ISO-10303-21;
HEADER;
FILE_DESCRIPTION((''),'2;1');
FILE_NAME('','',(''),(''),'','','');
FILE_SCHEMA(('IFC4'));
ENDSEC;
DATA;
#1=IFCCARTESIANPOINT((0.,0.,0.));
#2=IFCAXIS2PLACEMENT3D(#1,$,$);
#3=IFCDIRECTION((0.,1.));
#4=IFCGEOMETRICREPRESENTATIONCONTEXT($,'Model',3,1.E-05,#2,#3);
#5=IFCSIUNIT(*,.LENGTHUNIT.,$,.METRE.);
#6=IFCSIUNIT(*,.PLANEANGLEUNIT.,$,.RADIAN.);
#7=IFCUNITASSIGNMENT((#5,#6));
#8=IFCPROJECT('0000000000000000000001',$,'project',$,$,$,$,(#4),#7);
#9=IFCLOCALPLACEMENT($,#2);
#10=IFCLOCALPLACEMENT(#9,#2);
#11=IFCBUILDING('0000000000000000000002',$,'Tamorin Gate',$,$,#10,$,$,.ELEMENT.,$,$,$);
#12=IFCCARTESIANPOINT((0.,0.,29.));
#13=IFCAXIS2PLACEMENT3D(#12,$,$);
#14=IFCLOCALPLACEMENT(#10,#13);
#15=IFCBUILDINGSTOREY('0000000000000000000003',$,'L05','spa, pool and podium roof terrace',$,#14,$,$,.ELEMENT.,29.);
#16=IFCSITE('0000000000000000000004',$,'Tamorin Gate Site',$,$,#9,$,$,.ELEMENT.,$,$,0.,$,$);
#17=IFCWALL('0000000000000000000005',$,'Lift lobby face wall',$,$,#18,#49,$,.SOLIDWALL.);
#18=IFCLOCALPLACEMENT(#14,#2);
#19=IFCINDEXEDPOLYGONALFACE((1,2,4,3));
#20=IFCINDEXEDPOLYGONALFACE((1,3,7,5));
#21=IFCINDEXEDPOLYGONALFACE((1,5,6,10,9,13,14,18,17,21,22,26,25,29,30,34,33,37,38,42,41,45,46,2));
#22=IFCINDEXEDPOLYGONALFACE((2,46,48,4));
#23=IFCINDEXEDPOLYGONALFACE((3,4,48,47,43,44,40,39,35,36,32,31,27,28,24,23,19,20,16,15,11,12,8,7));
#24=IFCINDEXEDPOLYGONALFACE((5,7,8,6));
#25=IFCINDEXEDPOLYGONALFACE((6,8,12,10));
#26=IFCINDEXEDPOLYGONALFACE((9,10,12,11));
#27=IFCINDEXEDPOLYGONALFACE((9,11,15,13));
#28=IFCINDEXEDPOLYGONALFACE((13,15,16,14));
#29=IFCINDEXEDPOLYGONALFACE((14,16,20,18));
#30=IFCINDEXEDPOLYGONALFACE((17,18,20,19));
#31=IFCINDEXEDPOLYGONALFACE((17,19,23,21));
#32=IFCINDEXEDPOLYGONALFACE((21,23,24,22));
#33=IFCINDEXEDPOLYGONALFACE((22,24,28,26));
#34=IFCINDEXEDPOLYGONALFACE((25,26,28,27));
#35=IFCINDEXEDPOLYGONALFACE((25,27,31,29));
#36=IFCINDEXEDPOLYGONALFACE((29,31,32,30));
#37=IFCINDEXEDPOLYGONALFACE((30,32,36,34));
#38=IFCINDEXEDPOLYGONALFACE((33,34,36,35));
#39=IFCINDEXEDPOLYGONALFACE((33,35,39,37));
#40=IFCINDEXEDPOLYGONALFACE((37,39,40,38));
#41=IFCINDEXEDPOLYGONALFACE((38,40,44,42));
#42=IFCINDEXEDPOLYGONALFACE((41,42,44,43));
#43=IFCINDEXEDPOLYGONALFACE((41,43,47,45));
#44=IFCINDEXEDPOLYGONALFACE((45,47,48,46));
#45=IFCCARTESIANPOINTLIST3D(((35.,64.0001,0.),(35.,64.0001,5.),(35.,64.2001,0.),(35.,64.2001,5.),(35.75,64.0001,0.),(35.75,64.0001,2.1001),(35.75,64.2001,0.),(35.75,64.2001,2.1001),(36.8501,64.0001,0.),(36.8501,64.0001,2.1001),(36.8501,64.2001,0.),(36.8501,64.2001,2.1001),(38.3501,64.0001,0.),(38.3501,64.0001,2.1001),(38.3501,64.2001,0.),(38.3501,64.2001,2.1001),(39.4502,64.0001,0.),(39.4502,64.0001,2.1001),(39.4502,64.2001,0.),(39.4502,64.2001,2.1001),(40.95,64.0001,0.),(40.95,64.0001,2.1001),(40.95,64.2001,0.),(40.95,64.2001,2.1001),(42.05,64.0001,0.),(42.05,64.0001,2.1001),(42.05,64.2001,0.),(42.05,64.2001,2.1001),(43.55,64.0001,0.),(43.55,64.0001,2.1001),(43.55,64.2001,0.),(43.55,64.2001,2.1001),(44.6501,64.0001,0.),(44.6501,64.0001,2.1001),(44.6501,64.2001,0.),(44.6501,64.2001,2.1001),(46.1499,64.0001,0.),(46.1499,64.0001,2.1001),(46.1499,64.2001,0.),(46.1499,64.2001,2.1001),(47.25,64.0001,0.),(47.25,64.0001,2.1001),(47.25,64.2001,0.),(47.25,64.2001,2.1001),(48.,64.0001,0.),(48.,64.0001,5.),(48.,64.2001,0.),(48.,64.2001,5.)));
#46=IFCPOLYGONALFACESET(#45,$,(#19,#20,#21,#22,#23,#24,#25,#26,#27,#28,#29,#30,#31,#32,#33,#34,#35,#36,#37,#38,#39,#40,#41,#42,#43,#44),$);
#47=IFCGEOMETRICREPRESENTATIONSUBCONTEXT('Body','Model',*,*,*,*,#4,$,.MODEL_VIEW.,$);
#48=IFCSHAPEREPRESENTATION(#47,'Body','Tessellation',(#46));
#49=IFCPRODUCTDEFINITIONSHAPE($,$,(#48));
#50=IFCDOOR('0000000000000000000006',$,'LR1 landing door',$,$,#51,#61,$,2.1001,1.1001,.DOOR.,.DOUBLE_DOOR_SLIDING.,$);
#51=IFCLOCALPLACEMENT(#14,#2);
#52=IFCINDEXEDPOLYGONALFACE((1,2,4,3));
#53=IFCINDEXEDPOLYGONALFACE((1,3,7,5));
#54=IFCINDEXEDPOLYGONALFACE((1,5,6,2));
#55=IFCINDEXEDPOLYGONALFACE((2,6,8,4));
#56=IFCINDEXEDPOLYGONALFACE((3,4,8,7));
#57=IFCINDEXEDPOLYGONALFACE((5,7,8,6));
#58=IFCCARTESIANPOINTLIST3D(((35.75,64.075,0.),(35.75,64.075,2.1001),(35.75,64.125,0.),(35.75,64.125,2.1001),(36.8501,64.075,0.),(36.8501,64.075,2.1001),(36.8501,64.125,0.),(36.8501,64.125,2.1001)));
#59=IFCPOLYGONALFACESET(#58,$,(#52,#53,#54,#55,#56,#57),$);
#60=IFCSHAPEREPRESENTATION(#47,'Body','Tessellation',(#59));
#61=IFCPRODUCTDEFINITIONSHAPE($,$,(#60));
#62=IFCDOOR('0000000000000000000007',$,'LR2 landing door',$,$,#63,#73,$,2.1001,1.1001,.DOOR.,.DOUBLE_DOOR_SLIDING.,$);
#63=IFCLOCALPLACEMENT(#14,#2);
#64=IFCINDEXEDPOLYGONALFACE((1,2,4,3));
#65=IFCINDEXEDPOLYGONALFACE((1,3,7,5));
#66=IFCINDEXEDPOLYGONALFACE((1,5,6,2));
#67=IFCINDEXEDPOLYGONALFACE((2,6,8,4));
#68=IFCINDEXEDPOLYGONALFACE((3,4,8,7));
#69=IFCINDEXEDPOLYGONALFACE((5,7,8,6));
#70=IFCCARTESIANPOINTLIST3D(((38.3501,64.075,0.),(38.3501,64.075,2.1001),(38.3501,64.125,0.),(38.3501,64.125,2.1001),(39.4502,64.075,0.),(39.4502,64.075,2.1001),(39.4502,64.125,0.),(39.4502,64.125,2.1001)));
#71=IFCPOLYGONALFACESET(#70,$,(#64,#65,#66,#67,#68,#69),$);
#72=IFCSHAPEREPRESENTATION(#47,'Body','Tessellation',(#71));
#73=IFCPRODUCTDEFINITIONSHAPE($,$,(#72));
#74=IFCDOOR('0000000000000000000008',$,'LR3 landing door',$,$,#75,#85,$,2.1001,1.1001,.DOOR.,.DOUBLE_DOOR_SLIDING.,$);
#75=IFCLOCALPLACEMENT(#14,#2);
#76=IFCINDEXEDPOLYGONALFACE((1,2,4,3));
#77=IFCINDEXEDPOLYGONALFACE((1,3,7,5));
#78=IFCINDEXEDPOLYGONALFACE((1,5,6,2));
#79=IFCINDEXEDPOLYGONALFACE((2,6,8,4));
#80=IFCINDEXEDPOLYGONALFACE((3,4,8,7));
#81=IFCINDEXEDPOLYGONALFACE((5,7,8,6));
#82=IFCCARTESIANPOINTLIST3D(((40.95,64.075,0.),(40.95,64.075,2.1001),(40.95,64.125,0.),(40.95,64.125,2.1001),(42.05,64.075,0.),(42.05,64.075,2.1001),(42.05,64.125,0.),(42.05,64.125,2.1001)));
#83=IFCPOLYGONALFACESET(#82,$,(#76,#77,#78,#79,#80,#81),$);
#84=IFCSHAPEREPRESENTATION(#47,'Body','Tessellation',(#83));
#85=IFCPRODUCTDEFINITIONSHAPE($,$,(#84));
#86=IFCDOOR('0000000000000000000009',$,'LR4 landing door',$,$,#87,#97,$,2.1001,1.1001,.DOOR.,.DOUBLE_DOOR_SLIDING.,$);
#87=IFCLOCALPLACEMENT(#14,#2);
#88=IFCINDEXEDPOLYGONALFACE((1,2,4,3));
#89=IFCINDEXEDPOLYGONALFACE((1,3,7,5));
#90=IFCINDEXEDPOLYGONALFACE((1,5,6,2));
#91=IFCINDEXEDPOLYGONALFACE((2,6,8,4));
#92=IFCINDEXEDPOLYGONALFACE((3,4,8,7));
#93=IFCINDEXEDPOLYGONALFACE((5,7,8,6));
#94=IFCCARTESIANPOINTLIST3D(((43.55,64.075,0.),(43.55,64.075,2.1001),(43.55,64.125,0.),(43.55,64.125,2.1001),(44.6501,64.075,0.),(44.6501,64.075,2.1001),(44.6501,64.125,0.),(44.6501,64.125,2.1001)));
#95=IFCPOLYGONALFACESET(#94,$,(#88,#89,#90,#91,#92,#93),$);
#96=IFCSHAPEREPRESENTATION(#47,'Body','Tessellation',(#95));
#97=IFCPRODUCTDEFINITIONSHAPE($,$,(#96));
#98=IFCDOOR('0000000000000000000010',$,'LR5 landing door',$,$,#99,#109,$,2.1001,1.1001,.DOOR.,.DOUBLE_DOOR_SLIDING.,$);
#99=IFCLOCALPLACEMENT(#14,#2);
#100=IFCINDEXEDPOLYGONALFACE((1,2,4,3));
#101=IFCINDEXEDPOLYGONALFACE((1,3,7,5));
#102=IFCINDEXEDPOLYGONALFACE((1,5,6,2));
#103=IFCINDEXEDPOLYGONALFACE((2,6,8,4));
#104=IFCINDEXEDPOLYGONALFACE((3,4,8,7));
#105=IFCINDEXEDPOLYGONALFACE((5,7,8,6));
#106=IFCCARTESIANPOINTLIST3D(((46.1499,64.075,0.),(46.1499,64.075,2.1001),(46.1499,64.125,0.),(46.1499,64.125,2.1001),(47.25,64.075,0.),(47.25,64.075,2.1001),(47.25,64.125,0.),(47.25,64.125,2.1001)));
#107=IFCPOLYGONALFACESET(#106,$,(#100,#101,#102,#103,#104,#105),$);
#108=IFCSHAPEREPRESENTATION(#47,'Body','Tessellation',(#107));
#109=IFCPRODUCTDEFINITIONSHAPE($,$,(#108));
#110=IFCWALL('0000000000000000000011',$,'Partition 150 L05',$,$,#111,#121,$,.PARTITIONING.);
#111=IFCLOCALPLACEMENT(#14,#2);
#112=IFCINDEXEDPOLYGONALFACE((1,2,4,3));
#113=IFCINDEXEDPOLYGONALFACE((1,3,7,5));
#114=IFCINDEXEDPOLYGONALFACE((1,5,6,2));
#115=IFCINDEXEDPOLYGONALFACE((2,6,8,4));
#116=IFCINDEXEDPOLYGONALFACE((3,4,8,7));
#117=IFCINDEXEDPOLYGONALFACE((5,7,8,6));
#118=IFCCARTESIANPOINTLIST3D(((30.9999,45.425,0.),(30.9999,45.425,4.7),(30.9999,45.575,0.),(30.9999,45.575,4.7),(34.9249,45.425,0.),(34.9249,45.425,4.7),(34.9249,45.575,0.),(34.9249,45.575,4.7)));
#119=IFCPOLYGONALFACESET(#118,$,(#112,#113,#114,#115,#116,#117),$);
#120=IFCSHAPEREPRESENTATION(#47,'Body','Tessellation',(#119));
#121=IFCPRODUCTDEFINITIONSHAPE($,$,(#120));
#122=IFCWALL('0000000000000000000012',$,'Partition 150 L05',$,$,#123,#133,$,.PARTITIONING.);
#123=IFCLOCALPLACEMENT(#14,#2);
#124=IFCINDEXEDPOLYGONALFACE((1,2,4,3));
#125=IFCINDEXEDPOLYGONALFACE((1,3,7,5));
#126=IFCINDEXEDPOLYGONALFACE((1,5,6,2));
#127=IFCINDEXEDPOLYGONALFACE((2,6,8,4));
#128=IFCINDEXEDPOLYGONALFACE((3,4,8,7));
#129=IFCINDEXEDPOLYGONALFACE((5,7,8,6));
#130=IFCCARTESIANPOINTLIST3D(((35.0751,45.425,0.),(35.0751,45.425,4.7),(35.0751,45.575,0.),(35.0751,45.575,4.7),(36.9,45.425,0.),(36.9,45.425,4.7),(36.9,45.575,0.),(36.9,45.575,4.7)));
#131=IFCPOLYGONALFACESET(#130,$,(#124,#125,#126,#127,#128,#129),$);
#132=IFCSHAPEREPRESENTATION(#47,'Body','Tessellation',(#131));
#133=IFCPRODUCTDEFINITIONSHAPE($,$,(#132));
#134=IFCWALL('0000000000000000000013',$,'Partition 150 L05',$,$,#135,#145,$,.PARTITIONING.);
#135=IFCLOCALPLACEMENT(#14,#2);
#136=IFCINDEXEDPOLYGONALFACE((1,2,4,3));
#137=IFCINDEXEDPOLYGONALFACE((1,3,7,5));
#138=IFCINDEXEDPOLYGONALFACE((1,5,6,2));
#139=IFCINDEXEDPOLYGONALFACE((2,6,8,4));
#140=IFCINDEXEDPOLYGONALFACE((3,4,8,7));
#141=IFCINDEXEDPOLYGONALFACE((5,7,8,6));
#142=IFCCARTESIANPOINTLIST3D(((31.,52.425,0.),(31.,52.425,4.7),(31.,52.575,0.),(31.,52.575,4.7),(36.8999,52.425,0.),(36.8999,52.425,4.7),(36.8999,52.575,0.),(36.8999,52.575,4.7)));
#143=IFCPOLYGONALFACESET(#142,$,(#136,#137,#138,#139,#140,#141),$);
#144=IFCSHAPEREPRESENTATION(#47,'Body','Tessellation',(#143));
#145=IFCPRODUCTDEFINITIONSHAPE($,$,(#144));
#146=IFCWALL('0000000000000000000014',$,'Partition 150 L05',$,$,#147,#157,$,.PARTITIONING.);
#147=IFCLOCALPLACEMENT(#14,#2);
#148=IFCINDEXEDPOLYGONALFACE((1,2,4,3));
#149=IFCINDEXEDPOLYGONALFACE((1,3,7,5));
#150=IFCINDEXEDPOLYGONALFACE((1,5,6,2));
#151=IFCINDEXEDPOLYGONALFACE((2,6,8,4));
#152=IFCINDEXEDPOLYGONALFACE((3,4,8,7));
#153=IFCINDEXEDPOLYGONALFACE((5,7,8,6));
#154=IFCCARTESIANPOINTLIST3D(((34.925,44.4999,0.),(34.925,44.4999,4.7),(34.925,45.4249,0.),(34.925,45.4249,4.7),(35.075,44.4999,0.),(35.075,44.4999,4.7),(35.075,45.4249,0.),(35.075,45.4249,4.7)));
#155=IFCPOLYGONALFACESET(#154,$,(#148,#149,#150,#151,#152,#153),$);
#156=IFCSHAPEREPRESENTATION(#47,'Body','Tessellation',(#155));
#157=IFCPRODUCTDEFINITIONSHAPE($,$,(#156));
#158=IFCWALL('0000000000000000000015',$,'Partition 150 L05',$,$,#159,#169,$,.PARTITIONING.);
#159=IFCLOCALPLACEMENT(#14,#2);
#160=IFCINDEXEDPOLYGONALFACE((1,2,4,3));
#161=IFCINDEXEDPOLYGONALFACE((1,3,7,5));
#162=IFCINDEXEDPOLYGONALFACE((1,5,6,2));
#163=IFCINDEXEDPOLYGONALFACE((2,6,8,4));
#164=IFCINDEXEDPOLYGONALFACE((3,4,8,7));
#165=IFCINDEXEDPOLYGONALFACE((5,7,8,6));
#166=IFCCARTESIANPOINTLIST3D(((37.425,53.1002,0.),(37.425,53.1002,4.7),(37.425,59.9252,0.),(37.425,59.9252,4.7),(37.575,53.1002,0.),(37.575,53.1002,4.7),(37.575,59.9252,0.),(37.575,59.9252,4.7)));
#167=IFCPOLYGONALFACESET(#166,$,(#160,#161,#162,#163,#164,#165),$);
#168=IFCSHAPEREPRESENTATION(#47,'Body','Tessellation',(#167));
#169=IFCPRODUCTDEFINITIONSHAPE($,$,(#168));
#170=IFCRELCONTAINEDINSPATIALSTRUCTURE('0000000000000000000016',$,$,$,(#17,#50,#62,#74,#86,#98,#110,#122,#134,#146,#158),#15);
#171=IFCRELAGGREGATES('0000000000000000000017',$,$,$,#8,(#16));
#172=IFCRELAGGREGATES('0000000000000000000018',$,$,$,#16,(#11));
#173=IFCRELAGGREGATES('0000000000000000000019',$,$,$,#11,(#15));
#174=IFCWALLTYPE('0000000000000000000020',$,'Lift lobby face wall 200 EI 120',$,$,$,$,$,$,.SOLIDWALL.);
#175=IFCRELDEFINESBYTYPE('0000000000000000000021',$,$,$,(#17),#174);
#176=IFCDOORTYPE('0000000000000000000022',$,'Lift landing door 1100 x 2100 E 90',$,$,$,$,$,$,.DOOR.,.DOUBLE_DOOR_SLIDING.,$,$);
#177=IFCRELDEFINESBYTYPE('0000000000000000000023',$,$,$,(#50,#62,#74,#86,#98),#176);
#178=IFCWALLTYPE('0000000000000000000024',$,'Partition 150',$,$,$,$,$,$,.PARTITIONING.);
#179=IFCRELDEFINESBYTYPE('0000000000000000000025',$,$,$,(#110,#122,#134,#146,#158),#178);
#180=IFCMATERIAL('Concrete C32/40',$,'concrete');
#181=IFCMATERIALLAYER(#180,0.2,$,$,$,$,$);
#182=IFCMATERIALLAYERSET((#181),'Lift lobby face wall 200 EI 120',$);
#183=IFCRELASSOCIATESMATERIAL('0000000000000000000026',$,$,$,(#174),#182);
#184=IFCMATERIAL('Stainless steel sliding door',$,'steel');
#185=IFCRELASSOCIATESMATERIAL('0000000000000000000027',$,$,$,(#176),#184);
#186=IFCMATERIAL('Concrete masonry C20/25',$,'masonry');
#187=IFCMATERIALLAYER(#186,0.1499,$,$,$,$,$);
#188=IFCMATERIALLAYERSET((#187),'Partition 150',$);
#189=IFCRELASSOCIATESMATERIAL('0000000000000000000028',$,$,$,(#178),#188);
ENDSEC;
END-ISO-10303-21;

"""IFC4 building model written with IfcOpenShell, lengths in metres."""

from ifc_helpers import new_model, si_unit, direction, frame, frame_2d, origin, place, context, subcontext, project, spatial, rectangle, extrude, material, layer, layer_set, type_object, element, fill, save


model = new_model("IFC4")

# Units and contexts
model_context = context("Model", 3, precision=1e-05, world=origin(), true_north=direction((0.0, 1.0)))
body_context = subcontext(model_context, "Body", "Model", "MODEL_VIEW")
ifc_project = project(units=[si_unit("LENGTHUNIT", "METRE"), si_unit("PLANEANGLEUNIT", "RADIAN")], contexts=[model_context])

# Site, building, storey
site_placement = place(None, origin())
site = spatial("IfcSite", under=ifc_project, at=site_placement, Name="Tamorin Gate Site", CompositionType="ELEMENT", RefElevation=0.0)
building_placement = place(site_placement, origin())
building = spatial("IfcBuilding", under=site, at=building_placement, Name="Tamorin Gate", CompositionType="ELEMENT")
storey_placement = place(building_placement, frame((0.0, 0.0, 29.0)))
storey = spatial("IfcBuildingStorey", under=building, at=storey_placement, Name="L05", Description="spa, pool and podium roof terrace", CompositionType="ELEMENT", Elevation=29.0)

# Wall, openings, doors
ifc_material_1 = material(Name="Concrete C32/40", Category="concrete")
ifc_layer_1 = layer(ifc_material_1, 0.2)
ifc_layer_set_1 = layer_set([ifc_layer_1], Name="Lift lobby face wall 200 EI 120")
wall_type_1 = type_object("IfcWallType", Name="Lift lobby face wall 200 EI 120", PredefinedType="SOLIDWALL", material=ifc_layer_set_1)
wall_1_placement = place(storey_placement, frame((35.0, 64.1001, 0.0), z_axis=(0.0, 0.0, 1.0), x_axis=(1.0, 0.0, 0.0)))
wall_1 = element("IfcWall", 1, at=wall_1_placement, inside=storey, type_object=wall_type_1, Name="Lift lobby face wall", PredefinedType="SOLIDWALL", context=body_context, shape_type="SweptSolid", body=[
    extrude(rectangle(XDim=13.0, YDim=0.2, at=frame_2d((6.5, 0.0))), origin(), (0.0, 0.0, 1.0), 5.0),
])
opening_1_placement = place(wall_1_placement, frame((0.75, 0.0, 0.0)))
opening_1 = element("IfcOpeningElement", 2, at=opening_1_placement, cuts=wall_1, PredefinedType="OPENING", context=body_context, shape_type="SweptSolid", body=[
    extrude(rectangle(XDim=1.1001, YDim=2.1001, at=frame_2d((0.55, 1.05))), frame((0.0, 0.1099, 0.0), z_axis=(0.0, -1.0, 0.0), x_axis=(1.0, 0.0, 0.0)), (0.0, 0.0, 1.0), 0.22),
])
opening_2_placement = place(wall_1_placement, frame((3.3501, 0.0, 0.0)))
opening_2 = element("IfcOpeningElement", 3, at=opening_2_placement, cuts=wall_1, PredefinedType="OPENING", context=body_context, shape_type="SweptSolid", body=[
    extrude(rectangle(XDim=1.1001, YDim=2.1001, at=frame_2d((0.55, 1.05))), frame((0.0, 0.1099, 0.0), z_axis=(0.0, -1.0, 0.0), x_axis=(1.0, 0.0, 0.0)), (0.0, 0.0, 1.0), 0.22),
])
opening_3_placement = place(wall_1_placement, frame((5.95, 0.0, 0.0)))
opening_3 = element("IfcOpeningElement", 4, at=opening_3_placement, cuts=wall_1, PredefinedType="OPENING", context=body_context, shape_type="SweptSolid", body=[
    extrude(rectangle(XDim=1.1001, YDim=2.1001, at=frame_2d((0.55, 1.05))), frame((0.0, 0.1099, 0.0), z_axis=(0.0, -1.0, 0.0), x_axis=(1.0, 0.0, 0.0)), (0.0, 0.0, 1.0), 0.22),
])
opening_4_placement = place(wall_1_placement, frame((8.55, 0.0, 0.0)))
opening_4 = element("IfcOpeningElement", 5, at=opening_4_placement, cuts=wall_1, PredefinedType="OPENING", context=body_context, shape_type="SweptSolid", body=[
    extrude(rectangle(XDim=1.1001, YDim=2.1001, at=frame_2d((0.55, 1.05))), frame((0.0, 0.1099, 0.0), z_axis=(0.0, -1.0, 0.0), x_axis=(1.0, 0.0, 0.0)), (0.0, 0.0, 1.0), 0.22),
])
opening_5_placement = place(wall_1_placement, frame((11.1499, 0.0, 0.0)))
opening_5 = element("IfcOpeningElement", 6, at=opening_5_placement, cuts=wall_1, PredefinedType="OPENING", context=body_context, shape_type="SweptSolid", body=[
    extrude(rectangle(XDim=1.1001, YDim=2.1001, at=frame_2d((0.55, 1.05))), frame((0.0, 0.1099, 0.0), z_axis=(0.0, -1.0, 0.0), x_axis=(1.0, 0.0, 0.0)), (0.0, 0.0, 1.0), 0.22),
])
ifc_material_2 = material(Name="Stainless steel sliding door", Category="steel")
door_type_1 = type_object("IfcDoorType", Name="Lift landing door 1100 x 2100 E 90", OperationType="DOUBLE_DOOR_SLIDING", PredefinedType="DOOR", material=ifc_material_2)
door_1_placement = place(opening_1_placement, origin())
door_1 = element("IfcDoor", 7, at=door_1_placement, inside=storey, type_object=door_type_1, Name="LR1 landing door", OperationType="DOUBLE_DOOR_SLIDING", OverallHeight=2.1001, OverallWidth=1.1001, PredefinedType="DOOR", context=body_context, shape_type="SweptSolid", body=[
    extrude(rectangle(XDim=1.1001, YDim=2.1001, at=frame_2d((0.55, 1.05))), frame((0.0, 0.0249, 0.0), z_axis=(0.0, -1.0, 0.0), x_axis=(1.0, 0.0, 0.0)), (0.0, 0.0, 1.0), 0.05),
])
fill(opening_1, door_1)
door_2_placement = place(opening_2_placement, origin())
door_2 = element("IfcDoor", 8, at=door_2_placement, inside=storey, type_object=door_type_1, Name="LR2 landing door", OperationType="DOUBLE_DOOR_SLIDING", OverallHeight=2.1001, OverallWidth=1.1001, PredefinedType="DOOR", context=body_context, shape_type="SweptSolid", body=[
    extrude(rectangle(XDim=1.1001, YDim=2.1001, at=frame_2d((0.55, 1.05))), frame((0.0, 0.0249, 0.0), z_axis=(0.0, -1.0, 0.0), x_axis=(1.0, 0.0, 0.0)), (0.0, 0.0, 1.0), 0.05),
])
fill(opening_2, door_2)
door_3_placement = place(opening_3_placement, origin())
door_3 = element("IfcDoor", 9, at=door_3_placement, inside=storey, type_object=door_type_1, Name="LR3 landing door", OperationType="DOUBLE_DOOR_SLIDING", OverallHeight=2.1001, OverallWidth=1.1001, PredefinedType="DOOR", context=body_context, shape_type="SweptSolid", body=[
    extrude(rectangle(XDim=1.1001, YDim=2.1001, at=frame_2d((0.55, 1.05))), frame((0.0, 0.0249, 0.0), z_axis=(0.0, -1.0, 0.0), x_axis=(1.0, 0.0, 0.0)), (0.0, 0.0, 1.0), 0.05),
])
fill(opening_3, door_3)
door_4_placement = place(opening_4_placement, origin())
door_4 = element("IfcDoor", 10, at=door_4_placement, inside=storey, type_object=door_type_1, Name="LR4 landing door", OperationType="DOUBLE_DOOR_SLIDING", OverallHeight=2.1001, OverallWidth=1.1001, PredefinedType="DOOR", context=body_context, shape_type="SweptSolid", body=[
    extrude(rectangle(XDim=1.1001, YDim=2.1001, at=frame_2d((0.55, 1.05))), frame((0.0, 0.0249, 0.0), z_axis=(0.0, -1.0, 0.0), x_axis=(1.0, 0.0, 0.0)), (0.0, 0.0, 1.0), 0.05),
])
fill(opening_4, door_4)
door_5_placement = place(opening_5_placement, origin())
door_5 = element("IfcDoor", 11, at=door_5_placement, inside=storey, type_object=door_type_1, Name="LR5 landing door", OperationType="DOUBLE_DOOR_SLIDING", OverallHeight=2.1001, OverallWidth=1.1001, PredefinedType="DOOR", context=body_context, shape_type="SweptSolid", body=[
    extrude(rectangle(XDim=1.1001, YDim=2.1001, at=frame_2d((0.55, 1.05))), frame((0.0, 0.0249, 0.0), z_axis=(0.0, -1.0, 0.0), x_axis=(1.0, 0.0, 0.0)), (0.0, 0.0, 1.0), 0.05),
])
fill(opening_5, door_5)

# Walls
ifc_material_3 = material(Name="Concrete masonry C20/25", Category="masonry")
ifc_layer_2 = layer(ifc_material_3, 0.1499)
ifc_layer_set_2 = layer_set([ifc_layer_2], Name="Partition 150")
wall_type_2 = type_object("IfcWallType", Name="Partition 150", PredefinedType="PARTITIONING", material=ifc_layer_set_2)
wall_2_placement = place(storey_placement, frame((31.0, 45.5, 0.0), z_axis=(0.0, 0.0, 1.0), x_axis=(1.0, 0.0, 0.0)))
element("IfcWall", 12, at=wall_2_placement, inside=storey, type_object=wall_type_2, Name="Partition 150 L05", PredefinedType="PARTITIONING", context=body_context, shape_type="SweptSolid", body=[
    extrude(rectangle(XDim=3.925, YDim=0.1499, at=frame_2d((1.9624, 0.0))), origin(), (0.0, 0.0, 1.0), 4.7),
])
wall_3_placement = place(storey_placement, frame((35.075, 45.5, 0.0), z_axis=(0.0, 0.0, 1.0), x_axis=(1.0, 0.0, 0.0)))
element("IfcWall", 13, at=wall_3_placement, inside=storey, type_object=wall_type_2, Name="Partition 150 L05", PredefinedType="PARTITIONING", context=body_context, shape_type="SweptSolid", body=[
    extrude(rectangle(XDim=1.825, YDim=0.1499, at=frame_2d((0.9126, 0.0))), origin(), (0.0, 0.0, 1.0), 4.7),
])
wall_4_placement = place(storey_placement, frame((31.0, 52.5, 0.0), z_axis=(0.0, 0.0, 1.0), x_axis=(1.0, 0.0, 0.0)))
element("IfcWall", 14, at=wall_4_placement, inside=storey, type_object=wall_type_2, Name="Partition 150 L05", PredefinedType="PARTITIONING", context=body_context, shape_type="SweptSolid", body=[
    extrude(rectangle(XDim=5.8999, YDim=0.1499, at=frame_2d((2.95, 0.0))), origin(), (0.0, 0.0, 1.0), 4.7),
])
wall_5_placement = place(storey_placement, frame((35.0, 44.5, 0.0), z_axis=(0.0, 0.0, 1.0), x_axis=(0.0, 1.0, 0.0)))
element("IfcWall", 15, at=wall_5_placement, inside=storey, type_object=wall_type_2, Name="Partition 150 L05", PredefinedType="PARTITIONING", context=body_context, shape_type="SweptSolid", body=[
    extrude(rectangle(XDim=0.925, YDim=0.1499, at=frame_2d((0.4624, 0.0))), origin(), (0.0, 0.0, 1.0), 4.7),
])
wall_6_placement = place(storey_placement, frame((37.5, 53.1001, 0.0), z_axis=(0.0, 0.0, 1.0), x_axis=(0.0, 1.0, 0.0)))
element("IfcWall", 16, at=wall_6_placement, inside=storey, type_object=wall_type_2, Name="Partition 150 L05", PredefinedType="PARTITIONING", context=body_context, shape_type="SweptSolid", body=[
    extrude(rectangle(XDim=6.825, YDim=0.1499, at=frame_2d((3.4126, 0.0))), origin(), (0.0, 0.0, 1.0), 4.7),
])

save(model, "model.ifc")
